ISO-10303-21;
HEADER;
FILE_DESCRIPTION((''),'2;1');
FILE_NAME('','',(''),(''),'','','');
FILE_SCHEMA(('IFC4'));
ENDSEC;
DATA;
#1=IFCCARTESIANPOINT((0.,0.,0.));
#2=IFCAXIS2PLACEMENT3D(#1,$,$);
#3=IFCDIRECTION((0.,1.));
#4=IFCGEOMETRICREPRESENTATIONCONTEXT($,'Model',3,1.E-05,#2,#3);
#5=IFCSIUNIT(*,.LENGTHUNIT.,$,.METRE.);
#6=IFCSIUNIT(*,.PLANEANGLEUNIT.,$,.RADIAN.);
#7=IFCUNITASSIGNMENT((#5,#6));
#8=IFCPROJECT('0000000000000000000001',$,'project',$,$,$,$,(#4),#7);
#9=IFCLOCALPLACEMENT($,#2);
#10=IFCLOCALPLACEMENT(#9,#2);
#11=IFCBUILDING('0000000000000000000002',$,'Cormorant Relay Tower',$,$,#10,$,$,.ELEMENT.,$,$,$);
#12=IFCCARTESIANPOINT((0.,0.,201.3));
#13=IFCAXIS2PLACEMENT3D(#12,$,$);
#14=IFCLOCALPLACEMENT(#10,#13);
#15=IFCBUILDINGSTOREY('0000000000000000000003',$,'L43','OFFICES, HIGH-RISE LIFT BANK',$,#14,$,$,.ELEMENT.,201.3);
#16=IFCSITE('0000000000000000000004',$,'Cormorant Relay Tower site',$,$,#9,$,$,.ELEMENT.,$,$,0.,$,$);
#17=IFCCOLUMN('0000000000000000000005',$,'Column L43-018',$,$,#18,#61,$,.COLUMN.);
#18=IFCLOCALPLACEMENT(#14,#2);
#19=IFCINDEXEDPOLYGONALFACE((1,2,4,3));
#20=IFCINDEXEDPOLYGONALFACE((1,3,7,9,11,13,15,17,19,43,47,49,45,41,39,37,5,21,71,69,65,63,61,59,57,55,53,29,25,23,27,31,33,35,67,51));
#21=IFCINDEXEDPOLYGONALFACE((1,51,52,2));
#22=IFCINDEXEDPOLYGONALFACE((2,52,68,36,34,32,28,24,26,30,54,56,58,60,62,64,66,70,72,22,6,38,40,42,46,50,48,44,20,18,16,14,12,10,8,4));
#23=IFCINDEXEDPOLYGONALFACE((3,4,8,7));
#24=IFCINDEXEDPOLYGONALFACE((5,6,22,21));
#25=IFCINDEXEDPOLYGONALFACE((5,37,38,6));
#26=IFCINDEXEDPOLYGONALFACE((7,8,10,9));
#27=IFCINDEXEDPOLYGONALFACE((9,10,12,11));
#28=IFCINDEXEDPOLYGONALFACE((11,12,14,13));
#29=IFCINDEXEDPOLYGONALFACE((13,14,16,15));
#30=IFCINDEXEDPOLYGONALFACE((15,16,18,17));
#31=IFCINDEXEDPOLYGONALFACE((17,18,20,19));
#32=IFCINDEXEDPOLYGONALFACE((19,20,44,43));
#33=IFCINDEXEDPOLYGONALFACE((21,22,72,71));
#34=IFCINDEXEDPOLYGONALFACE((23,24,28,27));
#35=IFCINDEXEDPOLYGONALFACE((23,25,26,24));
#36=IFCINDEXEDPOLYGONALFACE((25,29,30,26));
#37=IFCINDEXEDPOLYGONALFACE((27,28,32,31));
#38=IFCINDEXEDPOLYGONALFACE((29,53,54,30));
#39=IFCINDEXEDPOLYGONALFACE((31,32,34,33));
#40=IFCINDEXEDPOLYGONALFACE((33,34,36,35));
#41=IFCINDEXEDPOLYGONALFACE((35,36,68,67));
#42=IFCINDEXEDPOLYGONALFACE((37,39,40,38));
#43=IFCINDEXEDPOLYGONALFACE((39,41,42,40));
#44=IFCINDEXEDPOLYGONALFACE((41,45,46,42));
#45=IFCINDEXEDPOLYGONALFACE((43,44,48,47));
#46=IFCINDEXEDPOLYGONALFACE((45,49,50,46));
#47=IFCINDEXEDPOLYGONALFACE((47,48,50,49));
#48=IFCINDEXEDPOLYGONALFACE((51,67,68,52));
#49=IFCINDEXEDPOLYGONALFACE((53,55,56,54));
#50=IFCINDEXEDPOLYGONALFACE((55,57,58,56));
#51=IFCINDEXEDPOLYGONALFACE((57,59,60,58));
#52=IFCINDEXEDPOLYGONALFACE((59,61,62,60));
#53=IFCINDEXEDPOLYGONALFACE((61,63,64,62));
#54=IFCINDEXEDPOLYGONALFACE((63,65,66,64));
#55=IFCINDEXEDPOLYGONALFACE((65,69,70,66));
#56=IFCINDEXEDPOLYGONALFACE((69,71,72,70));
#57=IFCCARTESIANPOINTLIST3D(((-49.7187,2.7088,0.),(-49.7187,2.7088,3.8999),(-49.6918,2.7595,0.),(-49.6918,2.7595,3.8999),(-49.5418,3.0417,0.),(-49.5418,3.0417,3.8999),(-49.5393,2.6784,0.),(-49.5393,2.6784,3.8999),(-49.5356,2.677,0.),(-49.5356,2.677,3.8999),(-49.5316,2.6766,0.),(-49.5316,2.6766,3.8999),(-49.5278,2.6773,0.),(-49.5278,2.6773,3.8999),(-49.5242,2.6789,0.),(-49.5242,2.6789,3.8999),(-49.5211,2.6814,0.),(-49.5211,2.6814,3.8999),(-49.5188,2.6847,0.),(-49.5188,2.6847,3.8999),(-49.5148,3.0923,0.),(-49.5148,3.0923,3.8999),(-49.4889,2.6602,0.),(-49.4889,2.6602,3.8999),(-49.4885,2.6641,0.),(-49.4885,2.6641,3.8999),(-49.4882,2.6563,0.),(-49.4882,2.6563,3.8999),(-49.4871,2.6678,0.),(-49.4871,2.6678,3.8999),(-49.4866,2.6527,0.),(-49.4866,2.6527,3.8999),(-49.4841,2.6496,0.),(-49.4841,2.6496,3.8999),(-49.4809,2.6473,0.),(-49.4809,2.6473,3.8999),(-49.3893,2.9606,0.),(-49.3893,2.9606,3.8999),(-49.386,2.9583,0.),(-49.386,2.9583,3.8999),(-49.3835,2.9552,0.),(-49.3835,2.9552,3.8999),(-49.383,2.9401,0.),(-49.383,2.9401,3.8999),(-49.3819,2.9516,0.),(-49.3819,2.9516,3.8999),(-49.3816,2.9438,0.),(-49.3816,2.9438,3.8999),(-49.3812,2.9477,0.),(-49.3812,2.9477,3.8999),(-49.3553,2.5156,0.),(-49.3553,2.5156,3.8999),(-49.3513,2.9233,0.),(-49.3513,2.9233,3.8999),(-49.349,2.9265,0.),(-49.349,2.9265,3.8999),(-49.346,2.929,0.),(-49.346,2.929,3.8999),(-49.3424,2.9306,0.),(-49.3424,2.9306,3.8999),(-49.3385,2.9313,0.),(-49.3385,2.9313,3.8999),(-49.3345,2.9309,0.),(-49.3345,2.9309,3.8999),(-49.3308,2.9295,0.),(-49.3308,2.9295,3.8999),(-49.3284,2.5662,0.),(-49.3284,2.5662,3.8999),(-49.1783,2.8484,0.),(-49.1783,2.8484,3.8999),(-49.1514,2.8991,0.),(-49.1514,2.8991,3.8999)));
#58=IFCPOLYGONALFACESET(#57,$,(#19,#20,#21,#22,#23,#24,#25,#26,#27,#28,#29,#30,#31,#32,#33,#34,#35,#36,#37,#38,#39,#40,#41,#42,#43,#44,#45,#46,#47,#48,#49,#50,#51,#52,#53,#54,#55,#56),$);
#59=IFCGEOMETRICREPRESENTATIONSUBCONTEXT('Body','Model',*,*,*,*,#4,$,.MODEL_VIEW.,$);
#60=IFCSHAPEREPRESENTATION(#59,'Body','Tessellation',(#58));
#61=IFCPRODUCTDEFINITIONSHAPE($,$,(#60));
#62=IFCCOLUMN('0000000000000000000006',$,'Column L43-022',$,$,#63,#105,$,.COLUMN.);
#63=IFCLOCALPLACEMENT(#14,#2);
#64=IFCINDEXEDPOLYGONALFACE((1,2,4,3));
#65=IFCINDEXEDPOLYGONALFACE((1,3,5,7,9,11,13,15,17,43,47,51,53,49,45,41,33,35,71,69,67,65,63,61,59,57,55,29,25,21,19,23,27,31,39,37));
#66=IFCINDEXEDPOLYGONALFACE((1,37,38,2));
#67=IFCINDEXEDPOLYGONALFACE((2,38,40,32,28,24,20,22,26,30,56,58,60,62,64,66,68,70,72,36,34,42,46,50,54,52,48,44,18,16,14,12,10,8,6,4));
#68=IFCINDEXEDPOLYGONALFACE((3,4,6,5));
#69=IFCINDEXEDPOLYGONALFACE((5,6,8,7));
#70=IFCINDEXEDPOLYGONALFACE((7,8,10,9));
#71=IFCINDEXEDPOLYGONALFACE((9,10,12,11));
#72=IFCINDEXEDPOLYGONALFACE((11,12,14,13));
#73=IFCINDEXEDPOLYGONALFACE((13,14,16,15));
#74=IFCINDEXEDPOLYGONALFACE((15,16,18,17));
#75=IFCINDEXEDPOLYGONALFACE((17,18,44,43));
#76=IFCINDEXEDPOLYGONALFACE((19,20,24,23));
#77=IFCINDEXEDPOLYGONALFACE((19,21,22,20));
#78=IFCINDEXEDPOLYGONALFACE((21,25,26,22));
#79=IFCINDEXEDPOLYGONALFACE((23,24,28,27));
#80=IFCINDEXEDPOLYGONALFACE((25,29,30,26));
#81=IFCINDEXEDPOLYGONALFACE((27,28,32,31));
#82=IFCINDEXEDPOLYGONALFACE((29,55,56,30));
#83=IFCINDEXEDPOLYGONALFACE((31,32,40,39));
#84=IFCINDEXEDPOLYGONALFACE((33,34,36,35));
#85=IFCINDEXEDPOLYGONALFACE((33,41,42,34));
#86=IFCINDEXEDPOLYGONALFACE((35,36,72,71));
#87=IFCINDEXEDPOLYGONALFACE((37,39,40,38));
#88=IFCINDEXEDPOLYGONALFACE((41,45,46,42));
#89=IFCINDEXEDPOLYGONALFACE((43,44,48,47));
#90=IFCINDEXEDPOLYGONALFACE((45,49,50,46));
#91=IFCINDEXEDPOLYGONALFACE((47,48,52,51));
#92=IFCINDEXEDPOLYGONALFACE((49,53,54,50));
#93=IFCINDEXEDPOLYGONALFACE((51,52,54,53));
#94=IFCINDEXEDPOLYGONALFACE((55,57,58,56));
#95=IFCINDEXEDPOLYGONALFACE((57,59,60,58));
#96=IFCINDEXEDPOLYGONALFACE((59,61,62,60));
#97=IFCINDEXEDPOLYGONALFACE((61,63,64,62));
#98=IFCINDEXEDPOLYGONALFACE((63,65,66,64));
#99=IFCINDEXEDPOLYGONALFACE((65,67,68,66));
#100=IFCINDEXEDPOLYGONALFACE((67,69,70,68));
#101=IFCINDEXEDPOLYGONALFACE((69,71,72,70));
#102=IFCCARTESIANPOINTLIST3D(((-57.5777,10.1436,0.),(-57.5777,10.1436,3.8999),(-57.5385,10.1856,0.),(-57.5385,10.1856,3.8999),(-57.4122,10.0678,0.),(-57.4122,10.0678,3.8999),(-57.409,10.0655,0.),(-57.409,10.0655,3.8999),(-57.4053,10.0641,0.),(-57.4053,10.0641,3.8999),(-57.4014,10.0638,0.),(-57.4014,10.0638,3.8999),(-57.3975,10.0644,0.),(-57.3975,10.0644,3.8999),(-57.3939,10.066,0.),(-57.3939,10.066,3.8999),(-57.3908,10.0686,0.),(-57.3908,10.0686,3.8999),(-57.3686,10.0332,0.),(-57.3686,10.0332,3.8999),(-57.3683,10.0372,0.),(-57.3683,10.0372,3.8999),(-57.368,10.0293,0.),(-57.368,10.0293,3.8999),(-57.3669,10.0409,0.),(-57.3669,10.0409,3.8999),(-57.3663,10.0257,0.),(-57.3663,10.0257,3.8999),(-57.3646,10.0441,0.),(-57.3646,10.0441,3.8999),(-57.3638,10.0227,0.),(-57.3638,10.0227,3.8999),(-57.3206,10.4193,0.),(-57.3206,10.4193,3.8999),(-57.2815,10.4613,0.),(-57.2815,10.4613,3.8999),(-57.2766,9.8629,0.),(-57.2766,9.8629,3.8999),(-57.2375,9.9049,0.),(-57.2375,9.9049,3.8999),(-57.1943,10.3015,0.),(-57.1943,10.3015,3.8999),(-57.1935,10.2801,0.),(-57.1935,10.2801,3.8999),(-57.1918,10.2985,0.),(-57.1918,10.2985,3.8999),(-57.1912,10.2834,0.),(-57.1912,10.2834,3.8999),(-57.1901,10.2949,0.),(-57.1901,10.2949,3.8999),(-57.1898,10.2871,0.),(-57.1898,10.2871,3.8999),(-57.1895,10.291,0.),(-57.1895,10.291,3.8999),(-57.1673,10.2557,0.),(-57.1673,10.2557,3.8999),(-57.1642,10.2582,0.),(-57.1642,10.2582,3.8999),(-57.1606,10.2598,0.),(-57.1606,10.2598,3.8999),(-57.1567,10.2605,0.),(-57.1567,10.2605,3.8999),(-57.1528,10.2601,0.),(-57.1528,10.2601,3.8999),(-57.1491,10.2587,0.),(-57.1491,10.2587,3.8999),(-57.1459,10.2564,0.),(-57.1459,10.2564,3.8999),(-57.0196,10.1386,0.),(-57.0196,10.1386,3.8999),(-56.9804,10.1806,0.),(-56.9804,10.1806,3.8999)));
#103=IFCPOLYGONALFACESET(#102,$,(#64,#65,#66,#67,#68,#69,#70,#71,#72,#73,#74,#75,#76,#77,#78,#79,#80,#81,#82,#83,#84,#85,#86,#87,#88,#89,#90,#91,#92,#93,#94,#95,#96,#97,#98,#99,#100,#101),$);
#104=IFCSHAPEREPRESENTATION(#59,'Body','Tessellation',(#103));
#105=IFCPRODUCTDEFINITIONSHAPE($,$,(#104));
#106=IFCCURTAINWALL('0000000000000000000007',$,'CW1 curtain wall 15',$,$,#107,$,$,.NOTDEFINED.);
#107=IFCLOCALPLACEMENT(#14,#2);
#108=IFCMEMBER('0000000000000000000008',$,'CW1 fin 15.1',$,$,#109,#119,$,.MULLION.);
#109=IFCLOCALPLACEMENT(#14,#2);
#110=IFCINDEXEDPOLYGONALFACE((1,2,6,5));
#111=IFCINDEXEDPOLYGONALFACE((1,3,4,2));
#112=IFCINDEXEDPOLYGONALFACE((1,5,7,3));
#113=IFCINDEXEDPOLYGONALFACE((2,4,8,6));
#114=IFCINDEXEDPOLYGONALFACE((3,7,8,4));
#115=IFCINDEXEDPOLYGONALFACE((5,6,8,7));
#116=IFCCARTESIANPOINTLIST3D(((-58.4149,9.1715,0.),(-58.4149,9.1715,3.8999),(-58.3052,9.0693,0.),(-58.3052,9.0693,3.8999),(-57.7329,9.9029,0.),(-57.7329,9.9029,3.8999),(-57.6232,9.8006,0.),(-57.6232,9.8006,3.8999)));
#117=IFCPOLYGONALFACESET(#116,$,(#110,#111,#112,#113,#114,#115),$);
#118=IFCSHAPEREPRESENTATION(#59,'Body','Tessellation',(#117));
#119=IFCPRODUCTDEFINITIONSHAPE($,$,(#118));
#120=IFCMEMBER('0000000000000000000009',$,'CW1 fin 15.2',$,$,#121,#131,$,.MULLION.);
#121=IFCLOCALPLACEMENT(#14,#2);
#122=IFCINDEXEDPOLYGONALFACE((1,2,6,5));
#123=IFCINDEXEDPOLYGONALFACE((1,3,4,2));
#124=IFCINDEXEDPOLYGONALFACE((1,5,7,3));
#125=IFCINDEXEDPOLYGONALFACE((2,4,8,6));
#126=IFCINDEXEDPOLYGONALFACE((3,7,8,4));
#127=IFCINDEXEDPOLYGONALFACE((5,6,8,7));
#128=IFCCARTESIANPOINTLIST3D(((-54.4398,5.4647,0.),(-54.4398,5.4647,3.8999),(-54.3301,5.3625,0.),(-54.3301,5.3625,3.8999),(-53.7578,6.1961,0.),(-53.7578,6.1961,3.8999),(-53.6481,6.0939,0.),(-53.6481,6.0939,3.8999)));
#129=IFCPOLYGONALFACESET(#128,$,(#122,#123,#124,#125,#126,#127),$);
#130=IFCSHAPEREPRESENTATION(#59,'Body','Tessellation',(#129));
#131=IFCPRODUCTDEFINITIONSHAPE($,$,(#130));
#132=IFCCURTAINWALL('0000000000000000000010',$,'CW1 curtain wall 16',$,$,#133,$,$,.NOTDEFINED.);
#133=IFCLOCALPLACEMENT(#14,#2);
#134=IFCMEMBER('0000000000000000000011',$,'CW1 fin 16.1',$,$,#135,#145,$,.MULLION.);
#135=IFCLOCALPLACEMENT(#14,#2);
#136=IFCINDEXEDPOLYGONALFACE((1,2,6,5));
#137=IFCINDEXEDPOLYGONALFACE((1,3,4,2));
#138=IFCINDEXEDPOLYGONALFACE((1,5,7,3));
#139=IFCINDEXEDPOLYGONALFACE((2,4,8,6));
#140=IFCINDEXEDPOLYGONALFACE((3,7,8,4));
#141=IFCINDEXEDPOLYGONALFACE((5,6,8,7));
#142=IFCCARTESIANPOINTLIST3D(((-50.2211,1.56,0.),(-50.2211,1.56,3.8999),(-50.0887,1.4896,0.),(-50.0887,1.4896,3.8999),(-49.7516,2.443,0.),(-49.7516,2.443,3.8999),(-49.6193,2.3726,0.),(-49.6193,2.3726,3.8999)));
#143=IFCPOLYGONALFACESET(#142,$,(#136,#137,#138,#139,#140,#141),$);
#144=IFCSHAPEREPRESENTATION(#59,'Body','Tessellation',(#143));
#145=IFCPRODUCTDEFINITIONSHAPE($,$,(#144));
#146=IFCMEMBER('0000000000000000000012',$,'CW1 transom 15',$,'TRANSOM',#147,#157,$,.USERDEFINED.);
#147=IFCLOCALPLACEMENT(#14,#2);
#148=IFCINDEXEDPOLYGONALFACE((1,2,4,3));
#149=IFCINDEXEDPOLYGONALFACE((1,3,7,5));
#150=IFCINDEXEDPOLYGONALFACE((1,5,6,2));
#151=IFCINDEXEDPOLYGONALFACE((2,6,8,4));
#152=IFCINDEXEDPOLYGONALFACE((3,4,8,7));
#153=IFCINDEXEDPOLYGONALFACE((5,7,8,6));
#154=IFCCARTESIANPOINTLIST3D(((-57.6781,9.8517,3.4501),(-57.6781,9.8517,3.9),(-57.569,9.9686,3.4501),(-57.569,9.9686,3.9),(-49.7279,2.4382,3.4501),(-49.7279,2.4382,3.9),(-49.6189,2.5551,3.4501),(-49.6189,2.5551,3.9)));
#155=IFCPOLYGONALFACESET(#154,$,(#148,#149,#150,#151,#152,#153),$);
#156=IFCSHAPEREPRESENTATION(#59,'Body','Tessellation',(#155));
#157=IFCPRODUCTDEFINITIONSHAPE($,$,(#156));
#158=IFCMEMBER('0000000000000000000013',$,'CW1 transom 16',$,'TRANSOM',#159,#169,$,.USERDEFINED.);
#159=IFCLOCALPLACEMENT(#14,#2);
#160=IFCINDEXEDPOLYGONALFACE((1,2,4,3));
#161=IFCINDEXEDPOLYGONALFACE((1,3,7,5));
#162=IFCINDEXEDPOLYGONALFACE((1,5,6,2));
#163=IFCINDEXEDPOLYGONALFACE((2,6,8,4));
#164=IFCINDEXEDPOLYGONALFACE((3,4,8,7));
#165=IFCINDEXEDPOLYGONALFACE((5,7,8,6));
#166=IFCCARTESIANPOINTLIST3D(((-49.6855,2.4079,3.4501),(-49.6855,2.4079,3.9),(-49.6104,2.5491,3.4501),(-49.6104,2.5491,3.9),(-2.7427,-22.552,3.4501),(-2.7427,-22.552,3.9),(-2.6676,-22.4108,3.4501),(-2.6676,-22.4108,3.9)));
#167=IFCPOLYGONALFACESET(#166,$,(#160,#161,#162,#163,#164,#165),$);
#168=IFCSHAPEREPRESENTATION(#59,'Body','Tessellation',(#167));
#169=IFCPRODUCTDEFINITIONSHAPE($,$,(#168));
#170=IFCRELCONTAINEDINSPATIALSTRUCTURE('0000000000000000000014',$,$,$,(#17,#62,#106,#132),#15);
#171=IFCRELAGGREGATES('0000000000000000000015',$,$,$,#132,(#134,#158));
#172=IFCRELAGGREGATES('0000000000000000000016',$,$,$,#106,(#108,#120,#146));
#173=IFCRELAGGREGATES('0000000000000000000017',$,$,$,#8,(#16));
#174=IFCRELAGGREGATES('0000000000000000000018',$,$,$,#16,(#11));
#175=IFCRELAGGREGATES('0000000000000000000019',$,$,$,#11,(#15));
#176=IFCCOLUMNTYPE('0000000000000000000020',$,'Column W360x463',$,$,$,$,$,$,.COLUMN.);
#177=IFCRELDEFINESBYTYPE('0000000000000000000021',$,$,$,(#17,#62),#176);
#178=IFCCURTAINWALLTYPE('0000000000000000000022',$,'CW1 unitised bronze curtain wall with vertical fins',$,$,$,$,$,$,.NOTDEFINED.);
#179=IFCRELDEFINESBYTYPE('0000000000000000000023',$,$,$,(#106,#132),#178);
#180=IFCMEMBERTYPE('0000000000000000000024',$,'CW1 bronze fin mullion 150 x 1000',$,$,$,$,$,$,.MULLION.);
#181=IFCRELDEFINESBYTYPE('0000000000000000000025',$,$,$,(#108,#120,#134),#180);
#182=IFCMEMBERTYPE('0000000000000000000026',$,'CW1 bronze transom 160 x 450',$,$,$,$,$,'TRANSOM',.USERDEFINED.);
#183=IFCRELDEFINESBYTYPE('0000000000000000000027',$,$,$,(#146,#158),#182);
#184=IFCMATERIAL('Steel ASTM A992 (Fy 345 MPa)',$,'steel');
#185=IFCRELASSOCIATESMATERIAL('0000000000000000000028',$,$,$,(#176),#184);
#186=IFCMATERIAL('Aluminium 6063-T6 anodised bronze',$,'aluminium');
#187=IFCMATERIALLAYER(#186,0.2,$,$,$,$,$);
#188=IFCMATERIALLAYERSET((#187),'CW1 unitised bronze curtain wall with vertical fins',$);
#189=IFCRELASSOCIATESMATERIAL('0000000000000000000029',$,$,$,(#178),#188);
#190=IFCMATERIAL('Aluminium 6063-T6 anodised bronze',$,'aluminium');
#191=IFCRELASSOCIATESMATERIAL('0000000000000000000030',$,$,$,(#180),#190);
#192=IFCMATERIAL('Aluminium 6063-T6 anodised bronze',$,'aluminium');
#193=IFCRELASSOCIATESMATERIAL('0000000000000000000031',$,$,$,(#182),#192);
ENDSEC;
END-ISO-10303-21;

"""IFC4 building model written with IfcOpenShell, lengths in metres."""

from ifc_helpers import new_model, si_unit, direction, frame, origin, origin_2d, place, context, subcontext, project, spatial, rectangle, i_section, extrude, material, layer, layer_set, material_profile, profile_set, type_object, element, aggregate, save


model = new_model("IFC4")

# Units and contexts
model_context = context("Model", 3, precision=1e-05, world=origin(), true_north=direction((0.0, 1.0)))
body_context = subcontext(model_context, "Body", "Model", "MODEL_VIEW")
ifc_project = project(units=[si_unit("LENGTHUNIT", "METRE"), si_unit("PLANEANGLEUNIT", "RADIAN")], contexts=[model_context])

# Site, building, storey
site_placement = place(None, origin())
site = spatial("IfcSite", under=ifc_project, at=site_placement, Name="Cormorant Relay Tower site", CompositionType="ELEMENT", RefElevation=0.0)
building_placement = place(site_placement, origin())
building = spatial("IfcBuilding", under=site, at=building_placement, Name="Cormorant Relay Tower", CompositionType="ELEMENT")
storey_placement = place(building_placement, frame((0.0, 0.0, 201.3)))
storey = spatial("IfcBuildingStorey", under=building, at=storey_placement, Name="L43", Description="OFFICES, HIGH-RISE LIFT BANK", CompositionType="ELEMENT", Elevation=201.3)

# Columns
ifc_material_1 = material(Name="Steel ASTM A992 (Fy 345 MPa)", Category="steel")
ifc_material_profile_1 = material_profile(ifc_material_1, i_section(OverallWidth=0.4116, OverallDepth=0.4343, WebThickness=0.0359, FlangeThickness=0.0574, FilletRadius=0.0151, at=origin_2d()), Name="W360x463")
ifc_profile_set_1 = profile_set([ifc_material_profile_1], Name="Steel ASTM A992 (Fy 345 MPa)")
column_type = type_object("IfcColumnType", Name="Column W360x463", PredefinedType="COLUMN", material=ifc_profile_set_1)
for number, where, z_axis, x_axis, name in (
    (1, (-49.4351, 2.804, 0.0), (0.0, 0.0, 1.0), (0.882948, -0.469472, 0.0), "Column L43-018"),
    (2, (-57.2791, 10.1621, 0.0), (0.0, 0.0, 1.0), (0.731354, -0.681998, 0.0), "Column L43-022"),
):
    element("IfcColumn", number, at=place(storey_placement, frame(where, z_axis=z_axis, x_axis=x_axis)), inside=storey, type_object=column_type, Name=name, PredefinedType="COLUMN", context=body_context, shape_type="SweptSolid", body=[
        extrude(i_section(OverallWidth=0.4116, OverallDepth=0.4343, WebThickness=0.0359, FlangeThickness=0.0574, FilletRadius=0.0151, at=origin_2d()), origin(), (0.0, 0.0, 1.0), 3.8999),
    ])

# Curtain wall, members
ifc_material_2 = material(Name="Aluminium 6063-T6 anodised bronze", Category="aluminium")
ifc_layer_1 = layer(ifc_material_2, 0.2)
ifc_layer_set_1 = layer_set([ifc_layer_1], Name="CW1 unitised bronze curtain wall with vertical fins")
curtain_wall_type = type_object("IfcCurtainWallType", Name="CW1 unitised bronze curtain wall with vertical fins", PredefinedType="NOTDEFINED", material=ifc_layer_set_1)
curtain_wall_1_placement = place(storey_placement, origin())
curtain_wall_1 = element("IfcCurtainWall", 3, at=curtain_wall_1_placement, inside=storey, type_object=curtain_wall_type, Name="CW1 curtain wall 15", PredefinedType="NOTDEFINED")
ifc_material_3 = material(Name="Aluminium 6063-T6 anodised bronze", Category="aluminium")
ifc_material_profile_2 = material_profile(ifc_material_3, rectangle(XDim=0.1499, YDim=1.0, at=origin_2d()), Name="AL 150x1000")
ifc_profile_set_2 = profile_set([ifc_material_profile_2], Name="Aluminium 6063-T6 anodised bronze")
member_type_1 = type_object("IfcMemberType", Name="CW1 bronze fin mullion 150 x 1000", PredefinedType="MULLION", material=ifc_profile_set_2)
member_1_placement = place(storey_placement, frame((-58.019, 9.4861, 0.0), z_axis=(0.0, 0.0, 1.0), x_axis=(0.731354, -0.681998, 0.0)))
member_1 = element("IfcMember", 4, at=member_1_placement, type_object=member_type_1, Name="CW1 fin 15.1", PredefinedType="MULLION", context=body_context, shape_type="SweptSolid", body=[
    extrude(rectangle(XDim=0.1499, YDim=1.0, at=origin_2d()), origin(), (0.0, 0.0, 1.0), 3.8999),
])
member_2_placement = place(storey_placement, frame((-54.0439, 5.7793, 0.0), z_axis=(0.0, 0.0, 1.0), x_axis=(0.731354, -0.681998, 0.0)))
member_2 = element("IfcMember", 5, at=member_2_placement, type_object=member_type_1, Name="CW1 fin 15.2", PredefinedType="MULLION", context=body_context, shape_type="SweptSolid", body=[
    extrude(rectangle(XDim=0.1499, YDim=1.0, at=origin_2d()), origin(), (0.0, 0.0, 1.0), 3.8999),
])

# Curtain wall, member
curtain_wall_2_placement = place(storey_placement, origin())
curtain_wall_2 = element("IfcCurtainWall", 6, at=curtain_wall_2_placement, inside=storey, type_object=curtain_wall_type, Name="CW1 curtain wall 16", PredefinedType="NOTDEFINED")
member_3_placement = place(storey_placement, frame((-49.9202, 1.9663, 0.0), z_axis=(0.0, 0.0, 1.0), x_axis=(0.882948, -0.469472, 0.0)))
member_3 = element("IfcMember", 7, at=member_3_placement, type_object=member_type_1, Name="CW1 fin 16.1", PredefinedType="MULLION", context=body_context, shape_type="SweptSolid", body=[
    extrude(rectangle(XDim=0.1499, YDim=1.0, at=origin_2d()), origin(), (0.0, 0.0, 1.0), 3.8999),
])

# Members
ifc_material_4 = material(Name="Aluminium 6063-T6 anodised bronze", Category="aluminium")
ifc_material_profile_3 = material_profile(ifc_material_4, rectangle(XDim=0.1599, YDim=0.45, at=origin_2d()), Name="AL 160x450")
ifc_profile_set_3 = profile_set([ifc_material_profile_3], Name="Aluminium 6063-T6 anodised bronze")
member_type_2 = type_object("IfcMemberType", Name="CW1 bronze transom 160 x 450", ElementType="TRANSOM", PredefinedType="USERDEFINED", material=ifc_profile_set_3)
member_4_placement = place(storey_placement, frame((-57.6235, 9.9102, 3.675), z_axis=(0.731358, -0.681993, 0.0), x_axis=(0.681993, 0.731358, 0.0)))
member_4 = element("IfcMember", 8, at=member_4_placement, type_object=member_type_2, Name="CW1 transom 15", ObjectType="TRANSOM", PredefinedType="USERDEFINED", context=body_context, shape_type="SweptSolid", body=[
    extrude(rectangle(XDim=0.1599, YDim=0.45, at=origin_2d()), origin(), (0.0, 0.0, 1.0), 10.8704),
])
member_5_placement = place(storey_placement, frame((-49.6479, 2.4785, 3.675), z_axis=(0.882948, -0.469471, 0.0), x_axis=(0.469471, 0.882948, 0.0)))
member_5 = element("IfcMember", 9, at=member_5_placement, type_object=member_type_2, Name="CW1 transom 16", ObjectType="TRANSOM", PredefinedType="USERDEFINED", context=body_context, shape_type="SweptSolid", body=[
    extrude(rectangle(XDim=0.1599, YDim=0.45, at=origin_2d()), origin(), (0.0, 0.0, 1.0), 53.166),
])
aggregate(curtain_wall_2, [member_3, member_5])

aggregate(curtain_wall_1, [member_1, member_2, member_4])

save(model, "model.ifc")
